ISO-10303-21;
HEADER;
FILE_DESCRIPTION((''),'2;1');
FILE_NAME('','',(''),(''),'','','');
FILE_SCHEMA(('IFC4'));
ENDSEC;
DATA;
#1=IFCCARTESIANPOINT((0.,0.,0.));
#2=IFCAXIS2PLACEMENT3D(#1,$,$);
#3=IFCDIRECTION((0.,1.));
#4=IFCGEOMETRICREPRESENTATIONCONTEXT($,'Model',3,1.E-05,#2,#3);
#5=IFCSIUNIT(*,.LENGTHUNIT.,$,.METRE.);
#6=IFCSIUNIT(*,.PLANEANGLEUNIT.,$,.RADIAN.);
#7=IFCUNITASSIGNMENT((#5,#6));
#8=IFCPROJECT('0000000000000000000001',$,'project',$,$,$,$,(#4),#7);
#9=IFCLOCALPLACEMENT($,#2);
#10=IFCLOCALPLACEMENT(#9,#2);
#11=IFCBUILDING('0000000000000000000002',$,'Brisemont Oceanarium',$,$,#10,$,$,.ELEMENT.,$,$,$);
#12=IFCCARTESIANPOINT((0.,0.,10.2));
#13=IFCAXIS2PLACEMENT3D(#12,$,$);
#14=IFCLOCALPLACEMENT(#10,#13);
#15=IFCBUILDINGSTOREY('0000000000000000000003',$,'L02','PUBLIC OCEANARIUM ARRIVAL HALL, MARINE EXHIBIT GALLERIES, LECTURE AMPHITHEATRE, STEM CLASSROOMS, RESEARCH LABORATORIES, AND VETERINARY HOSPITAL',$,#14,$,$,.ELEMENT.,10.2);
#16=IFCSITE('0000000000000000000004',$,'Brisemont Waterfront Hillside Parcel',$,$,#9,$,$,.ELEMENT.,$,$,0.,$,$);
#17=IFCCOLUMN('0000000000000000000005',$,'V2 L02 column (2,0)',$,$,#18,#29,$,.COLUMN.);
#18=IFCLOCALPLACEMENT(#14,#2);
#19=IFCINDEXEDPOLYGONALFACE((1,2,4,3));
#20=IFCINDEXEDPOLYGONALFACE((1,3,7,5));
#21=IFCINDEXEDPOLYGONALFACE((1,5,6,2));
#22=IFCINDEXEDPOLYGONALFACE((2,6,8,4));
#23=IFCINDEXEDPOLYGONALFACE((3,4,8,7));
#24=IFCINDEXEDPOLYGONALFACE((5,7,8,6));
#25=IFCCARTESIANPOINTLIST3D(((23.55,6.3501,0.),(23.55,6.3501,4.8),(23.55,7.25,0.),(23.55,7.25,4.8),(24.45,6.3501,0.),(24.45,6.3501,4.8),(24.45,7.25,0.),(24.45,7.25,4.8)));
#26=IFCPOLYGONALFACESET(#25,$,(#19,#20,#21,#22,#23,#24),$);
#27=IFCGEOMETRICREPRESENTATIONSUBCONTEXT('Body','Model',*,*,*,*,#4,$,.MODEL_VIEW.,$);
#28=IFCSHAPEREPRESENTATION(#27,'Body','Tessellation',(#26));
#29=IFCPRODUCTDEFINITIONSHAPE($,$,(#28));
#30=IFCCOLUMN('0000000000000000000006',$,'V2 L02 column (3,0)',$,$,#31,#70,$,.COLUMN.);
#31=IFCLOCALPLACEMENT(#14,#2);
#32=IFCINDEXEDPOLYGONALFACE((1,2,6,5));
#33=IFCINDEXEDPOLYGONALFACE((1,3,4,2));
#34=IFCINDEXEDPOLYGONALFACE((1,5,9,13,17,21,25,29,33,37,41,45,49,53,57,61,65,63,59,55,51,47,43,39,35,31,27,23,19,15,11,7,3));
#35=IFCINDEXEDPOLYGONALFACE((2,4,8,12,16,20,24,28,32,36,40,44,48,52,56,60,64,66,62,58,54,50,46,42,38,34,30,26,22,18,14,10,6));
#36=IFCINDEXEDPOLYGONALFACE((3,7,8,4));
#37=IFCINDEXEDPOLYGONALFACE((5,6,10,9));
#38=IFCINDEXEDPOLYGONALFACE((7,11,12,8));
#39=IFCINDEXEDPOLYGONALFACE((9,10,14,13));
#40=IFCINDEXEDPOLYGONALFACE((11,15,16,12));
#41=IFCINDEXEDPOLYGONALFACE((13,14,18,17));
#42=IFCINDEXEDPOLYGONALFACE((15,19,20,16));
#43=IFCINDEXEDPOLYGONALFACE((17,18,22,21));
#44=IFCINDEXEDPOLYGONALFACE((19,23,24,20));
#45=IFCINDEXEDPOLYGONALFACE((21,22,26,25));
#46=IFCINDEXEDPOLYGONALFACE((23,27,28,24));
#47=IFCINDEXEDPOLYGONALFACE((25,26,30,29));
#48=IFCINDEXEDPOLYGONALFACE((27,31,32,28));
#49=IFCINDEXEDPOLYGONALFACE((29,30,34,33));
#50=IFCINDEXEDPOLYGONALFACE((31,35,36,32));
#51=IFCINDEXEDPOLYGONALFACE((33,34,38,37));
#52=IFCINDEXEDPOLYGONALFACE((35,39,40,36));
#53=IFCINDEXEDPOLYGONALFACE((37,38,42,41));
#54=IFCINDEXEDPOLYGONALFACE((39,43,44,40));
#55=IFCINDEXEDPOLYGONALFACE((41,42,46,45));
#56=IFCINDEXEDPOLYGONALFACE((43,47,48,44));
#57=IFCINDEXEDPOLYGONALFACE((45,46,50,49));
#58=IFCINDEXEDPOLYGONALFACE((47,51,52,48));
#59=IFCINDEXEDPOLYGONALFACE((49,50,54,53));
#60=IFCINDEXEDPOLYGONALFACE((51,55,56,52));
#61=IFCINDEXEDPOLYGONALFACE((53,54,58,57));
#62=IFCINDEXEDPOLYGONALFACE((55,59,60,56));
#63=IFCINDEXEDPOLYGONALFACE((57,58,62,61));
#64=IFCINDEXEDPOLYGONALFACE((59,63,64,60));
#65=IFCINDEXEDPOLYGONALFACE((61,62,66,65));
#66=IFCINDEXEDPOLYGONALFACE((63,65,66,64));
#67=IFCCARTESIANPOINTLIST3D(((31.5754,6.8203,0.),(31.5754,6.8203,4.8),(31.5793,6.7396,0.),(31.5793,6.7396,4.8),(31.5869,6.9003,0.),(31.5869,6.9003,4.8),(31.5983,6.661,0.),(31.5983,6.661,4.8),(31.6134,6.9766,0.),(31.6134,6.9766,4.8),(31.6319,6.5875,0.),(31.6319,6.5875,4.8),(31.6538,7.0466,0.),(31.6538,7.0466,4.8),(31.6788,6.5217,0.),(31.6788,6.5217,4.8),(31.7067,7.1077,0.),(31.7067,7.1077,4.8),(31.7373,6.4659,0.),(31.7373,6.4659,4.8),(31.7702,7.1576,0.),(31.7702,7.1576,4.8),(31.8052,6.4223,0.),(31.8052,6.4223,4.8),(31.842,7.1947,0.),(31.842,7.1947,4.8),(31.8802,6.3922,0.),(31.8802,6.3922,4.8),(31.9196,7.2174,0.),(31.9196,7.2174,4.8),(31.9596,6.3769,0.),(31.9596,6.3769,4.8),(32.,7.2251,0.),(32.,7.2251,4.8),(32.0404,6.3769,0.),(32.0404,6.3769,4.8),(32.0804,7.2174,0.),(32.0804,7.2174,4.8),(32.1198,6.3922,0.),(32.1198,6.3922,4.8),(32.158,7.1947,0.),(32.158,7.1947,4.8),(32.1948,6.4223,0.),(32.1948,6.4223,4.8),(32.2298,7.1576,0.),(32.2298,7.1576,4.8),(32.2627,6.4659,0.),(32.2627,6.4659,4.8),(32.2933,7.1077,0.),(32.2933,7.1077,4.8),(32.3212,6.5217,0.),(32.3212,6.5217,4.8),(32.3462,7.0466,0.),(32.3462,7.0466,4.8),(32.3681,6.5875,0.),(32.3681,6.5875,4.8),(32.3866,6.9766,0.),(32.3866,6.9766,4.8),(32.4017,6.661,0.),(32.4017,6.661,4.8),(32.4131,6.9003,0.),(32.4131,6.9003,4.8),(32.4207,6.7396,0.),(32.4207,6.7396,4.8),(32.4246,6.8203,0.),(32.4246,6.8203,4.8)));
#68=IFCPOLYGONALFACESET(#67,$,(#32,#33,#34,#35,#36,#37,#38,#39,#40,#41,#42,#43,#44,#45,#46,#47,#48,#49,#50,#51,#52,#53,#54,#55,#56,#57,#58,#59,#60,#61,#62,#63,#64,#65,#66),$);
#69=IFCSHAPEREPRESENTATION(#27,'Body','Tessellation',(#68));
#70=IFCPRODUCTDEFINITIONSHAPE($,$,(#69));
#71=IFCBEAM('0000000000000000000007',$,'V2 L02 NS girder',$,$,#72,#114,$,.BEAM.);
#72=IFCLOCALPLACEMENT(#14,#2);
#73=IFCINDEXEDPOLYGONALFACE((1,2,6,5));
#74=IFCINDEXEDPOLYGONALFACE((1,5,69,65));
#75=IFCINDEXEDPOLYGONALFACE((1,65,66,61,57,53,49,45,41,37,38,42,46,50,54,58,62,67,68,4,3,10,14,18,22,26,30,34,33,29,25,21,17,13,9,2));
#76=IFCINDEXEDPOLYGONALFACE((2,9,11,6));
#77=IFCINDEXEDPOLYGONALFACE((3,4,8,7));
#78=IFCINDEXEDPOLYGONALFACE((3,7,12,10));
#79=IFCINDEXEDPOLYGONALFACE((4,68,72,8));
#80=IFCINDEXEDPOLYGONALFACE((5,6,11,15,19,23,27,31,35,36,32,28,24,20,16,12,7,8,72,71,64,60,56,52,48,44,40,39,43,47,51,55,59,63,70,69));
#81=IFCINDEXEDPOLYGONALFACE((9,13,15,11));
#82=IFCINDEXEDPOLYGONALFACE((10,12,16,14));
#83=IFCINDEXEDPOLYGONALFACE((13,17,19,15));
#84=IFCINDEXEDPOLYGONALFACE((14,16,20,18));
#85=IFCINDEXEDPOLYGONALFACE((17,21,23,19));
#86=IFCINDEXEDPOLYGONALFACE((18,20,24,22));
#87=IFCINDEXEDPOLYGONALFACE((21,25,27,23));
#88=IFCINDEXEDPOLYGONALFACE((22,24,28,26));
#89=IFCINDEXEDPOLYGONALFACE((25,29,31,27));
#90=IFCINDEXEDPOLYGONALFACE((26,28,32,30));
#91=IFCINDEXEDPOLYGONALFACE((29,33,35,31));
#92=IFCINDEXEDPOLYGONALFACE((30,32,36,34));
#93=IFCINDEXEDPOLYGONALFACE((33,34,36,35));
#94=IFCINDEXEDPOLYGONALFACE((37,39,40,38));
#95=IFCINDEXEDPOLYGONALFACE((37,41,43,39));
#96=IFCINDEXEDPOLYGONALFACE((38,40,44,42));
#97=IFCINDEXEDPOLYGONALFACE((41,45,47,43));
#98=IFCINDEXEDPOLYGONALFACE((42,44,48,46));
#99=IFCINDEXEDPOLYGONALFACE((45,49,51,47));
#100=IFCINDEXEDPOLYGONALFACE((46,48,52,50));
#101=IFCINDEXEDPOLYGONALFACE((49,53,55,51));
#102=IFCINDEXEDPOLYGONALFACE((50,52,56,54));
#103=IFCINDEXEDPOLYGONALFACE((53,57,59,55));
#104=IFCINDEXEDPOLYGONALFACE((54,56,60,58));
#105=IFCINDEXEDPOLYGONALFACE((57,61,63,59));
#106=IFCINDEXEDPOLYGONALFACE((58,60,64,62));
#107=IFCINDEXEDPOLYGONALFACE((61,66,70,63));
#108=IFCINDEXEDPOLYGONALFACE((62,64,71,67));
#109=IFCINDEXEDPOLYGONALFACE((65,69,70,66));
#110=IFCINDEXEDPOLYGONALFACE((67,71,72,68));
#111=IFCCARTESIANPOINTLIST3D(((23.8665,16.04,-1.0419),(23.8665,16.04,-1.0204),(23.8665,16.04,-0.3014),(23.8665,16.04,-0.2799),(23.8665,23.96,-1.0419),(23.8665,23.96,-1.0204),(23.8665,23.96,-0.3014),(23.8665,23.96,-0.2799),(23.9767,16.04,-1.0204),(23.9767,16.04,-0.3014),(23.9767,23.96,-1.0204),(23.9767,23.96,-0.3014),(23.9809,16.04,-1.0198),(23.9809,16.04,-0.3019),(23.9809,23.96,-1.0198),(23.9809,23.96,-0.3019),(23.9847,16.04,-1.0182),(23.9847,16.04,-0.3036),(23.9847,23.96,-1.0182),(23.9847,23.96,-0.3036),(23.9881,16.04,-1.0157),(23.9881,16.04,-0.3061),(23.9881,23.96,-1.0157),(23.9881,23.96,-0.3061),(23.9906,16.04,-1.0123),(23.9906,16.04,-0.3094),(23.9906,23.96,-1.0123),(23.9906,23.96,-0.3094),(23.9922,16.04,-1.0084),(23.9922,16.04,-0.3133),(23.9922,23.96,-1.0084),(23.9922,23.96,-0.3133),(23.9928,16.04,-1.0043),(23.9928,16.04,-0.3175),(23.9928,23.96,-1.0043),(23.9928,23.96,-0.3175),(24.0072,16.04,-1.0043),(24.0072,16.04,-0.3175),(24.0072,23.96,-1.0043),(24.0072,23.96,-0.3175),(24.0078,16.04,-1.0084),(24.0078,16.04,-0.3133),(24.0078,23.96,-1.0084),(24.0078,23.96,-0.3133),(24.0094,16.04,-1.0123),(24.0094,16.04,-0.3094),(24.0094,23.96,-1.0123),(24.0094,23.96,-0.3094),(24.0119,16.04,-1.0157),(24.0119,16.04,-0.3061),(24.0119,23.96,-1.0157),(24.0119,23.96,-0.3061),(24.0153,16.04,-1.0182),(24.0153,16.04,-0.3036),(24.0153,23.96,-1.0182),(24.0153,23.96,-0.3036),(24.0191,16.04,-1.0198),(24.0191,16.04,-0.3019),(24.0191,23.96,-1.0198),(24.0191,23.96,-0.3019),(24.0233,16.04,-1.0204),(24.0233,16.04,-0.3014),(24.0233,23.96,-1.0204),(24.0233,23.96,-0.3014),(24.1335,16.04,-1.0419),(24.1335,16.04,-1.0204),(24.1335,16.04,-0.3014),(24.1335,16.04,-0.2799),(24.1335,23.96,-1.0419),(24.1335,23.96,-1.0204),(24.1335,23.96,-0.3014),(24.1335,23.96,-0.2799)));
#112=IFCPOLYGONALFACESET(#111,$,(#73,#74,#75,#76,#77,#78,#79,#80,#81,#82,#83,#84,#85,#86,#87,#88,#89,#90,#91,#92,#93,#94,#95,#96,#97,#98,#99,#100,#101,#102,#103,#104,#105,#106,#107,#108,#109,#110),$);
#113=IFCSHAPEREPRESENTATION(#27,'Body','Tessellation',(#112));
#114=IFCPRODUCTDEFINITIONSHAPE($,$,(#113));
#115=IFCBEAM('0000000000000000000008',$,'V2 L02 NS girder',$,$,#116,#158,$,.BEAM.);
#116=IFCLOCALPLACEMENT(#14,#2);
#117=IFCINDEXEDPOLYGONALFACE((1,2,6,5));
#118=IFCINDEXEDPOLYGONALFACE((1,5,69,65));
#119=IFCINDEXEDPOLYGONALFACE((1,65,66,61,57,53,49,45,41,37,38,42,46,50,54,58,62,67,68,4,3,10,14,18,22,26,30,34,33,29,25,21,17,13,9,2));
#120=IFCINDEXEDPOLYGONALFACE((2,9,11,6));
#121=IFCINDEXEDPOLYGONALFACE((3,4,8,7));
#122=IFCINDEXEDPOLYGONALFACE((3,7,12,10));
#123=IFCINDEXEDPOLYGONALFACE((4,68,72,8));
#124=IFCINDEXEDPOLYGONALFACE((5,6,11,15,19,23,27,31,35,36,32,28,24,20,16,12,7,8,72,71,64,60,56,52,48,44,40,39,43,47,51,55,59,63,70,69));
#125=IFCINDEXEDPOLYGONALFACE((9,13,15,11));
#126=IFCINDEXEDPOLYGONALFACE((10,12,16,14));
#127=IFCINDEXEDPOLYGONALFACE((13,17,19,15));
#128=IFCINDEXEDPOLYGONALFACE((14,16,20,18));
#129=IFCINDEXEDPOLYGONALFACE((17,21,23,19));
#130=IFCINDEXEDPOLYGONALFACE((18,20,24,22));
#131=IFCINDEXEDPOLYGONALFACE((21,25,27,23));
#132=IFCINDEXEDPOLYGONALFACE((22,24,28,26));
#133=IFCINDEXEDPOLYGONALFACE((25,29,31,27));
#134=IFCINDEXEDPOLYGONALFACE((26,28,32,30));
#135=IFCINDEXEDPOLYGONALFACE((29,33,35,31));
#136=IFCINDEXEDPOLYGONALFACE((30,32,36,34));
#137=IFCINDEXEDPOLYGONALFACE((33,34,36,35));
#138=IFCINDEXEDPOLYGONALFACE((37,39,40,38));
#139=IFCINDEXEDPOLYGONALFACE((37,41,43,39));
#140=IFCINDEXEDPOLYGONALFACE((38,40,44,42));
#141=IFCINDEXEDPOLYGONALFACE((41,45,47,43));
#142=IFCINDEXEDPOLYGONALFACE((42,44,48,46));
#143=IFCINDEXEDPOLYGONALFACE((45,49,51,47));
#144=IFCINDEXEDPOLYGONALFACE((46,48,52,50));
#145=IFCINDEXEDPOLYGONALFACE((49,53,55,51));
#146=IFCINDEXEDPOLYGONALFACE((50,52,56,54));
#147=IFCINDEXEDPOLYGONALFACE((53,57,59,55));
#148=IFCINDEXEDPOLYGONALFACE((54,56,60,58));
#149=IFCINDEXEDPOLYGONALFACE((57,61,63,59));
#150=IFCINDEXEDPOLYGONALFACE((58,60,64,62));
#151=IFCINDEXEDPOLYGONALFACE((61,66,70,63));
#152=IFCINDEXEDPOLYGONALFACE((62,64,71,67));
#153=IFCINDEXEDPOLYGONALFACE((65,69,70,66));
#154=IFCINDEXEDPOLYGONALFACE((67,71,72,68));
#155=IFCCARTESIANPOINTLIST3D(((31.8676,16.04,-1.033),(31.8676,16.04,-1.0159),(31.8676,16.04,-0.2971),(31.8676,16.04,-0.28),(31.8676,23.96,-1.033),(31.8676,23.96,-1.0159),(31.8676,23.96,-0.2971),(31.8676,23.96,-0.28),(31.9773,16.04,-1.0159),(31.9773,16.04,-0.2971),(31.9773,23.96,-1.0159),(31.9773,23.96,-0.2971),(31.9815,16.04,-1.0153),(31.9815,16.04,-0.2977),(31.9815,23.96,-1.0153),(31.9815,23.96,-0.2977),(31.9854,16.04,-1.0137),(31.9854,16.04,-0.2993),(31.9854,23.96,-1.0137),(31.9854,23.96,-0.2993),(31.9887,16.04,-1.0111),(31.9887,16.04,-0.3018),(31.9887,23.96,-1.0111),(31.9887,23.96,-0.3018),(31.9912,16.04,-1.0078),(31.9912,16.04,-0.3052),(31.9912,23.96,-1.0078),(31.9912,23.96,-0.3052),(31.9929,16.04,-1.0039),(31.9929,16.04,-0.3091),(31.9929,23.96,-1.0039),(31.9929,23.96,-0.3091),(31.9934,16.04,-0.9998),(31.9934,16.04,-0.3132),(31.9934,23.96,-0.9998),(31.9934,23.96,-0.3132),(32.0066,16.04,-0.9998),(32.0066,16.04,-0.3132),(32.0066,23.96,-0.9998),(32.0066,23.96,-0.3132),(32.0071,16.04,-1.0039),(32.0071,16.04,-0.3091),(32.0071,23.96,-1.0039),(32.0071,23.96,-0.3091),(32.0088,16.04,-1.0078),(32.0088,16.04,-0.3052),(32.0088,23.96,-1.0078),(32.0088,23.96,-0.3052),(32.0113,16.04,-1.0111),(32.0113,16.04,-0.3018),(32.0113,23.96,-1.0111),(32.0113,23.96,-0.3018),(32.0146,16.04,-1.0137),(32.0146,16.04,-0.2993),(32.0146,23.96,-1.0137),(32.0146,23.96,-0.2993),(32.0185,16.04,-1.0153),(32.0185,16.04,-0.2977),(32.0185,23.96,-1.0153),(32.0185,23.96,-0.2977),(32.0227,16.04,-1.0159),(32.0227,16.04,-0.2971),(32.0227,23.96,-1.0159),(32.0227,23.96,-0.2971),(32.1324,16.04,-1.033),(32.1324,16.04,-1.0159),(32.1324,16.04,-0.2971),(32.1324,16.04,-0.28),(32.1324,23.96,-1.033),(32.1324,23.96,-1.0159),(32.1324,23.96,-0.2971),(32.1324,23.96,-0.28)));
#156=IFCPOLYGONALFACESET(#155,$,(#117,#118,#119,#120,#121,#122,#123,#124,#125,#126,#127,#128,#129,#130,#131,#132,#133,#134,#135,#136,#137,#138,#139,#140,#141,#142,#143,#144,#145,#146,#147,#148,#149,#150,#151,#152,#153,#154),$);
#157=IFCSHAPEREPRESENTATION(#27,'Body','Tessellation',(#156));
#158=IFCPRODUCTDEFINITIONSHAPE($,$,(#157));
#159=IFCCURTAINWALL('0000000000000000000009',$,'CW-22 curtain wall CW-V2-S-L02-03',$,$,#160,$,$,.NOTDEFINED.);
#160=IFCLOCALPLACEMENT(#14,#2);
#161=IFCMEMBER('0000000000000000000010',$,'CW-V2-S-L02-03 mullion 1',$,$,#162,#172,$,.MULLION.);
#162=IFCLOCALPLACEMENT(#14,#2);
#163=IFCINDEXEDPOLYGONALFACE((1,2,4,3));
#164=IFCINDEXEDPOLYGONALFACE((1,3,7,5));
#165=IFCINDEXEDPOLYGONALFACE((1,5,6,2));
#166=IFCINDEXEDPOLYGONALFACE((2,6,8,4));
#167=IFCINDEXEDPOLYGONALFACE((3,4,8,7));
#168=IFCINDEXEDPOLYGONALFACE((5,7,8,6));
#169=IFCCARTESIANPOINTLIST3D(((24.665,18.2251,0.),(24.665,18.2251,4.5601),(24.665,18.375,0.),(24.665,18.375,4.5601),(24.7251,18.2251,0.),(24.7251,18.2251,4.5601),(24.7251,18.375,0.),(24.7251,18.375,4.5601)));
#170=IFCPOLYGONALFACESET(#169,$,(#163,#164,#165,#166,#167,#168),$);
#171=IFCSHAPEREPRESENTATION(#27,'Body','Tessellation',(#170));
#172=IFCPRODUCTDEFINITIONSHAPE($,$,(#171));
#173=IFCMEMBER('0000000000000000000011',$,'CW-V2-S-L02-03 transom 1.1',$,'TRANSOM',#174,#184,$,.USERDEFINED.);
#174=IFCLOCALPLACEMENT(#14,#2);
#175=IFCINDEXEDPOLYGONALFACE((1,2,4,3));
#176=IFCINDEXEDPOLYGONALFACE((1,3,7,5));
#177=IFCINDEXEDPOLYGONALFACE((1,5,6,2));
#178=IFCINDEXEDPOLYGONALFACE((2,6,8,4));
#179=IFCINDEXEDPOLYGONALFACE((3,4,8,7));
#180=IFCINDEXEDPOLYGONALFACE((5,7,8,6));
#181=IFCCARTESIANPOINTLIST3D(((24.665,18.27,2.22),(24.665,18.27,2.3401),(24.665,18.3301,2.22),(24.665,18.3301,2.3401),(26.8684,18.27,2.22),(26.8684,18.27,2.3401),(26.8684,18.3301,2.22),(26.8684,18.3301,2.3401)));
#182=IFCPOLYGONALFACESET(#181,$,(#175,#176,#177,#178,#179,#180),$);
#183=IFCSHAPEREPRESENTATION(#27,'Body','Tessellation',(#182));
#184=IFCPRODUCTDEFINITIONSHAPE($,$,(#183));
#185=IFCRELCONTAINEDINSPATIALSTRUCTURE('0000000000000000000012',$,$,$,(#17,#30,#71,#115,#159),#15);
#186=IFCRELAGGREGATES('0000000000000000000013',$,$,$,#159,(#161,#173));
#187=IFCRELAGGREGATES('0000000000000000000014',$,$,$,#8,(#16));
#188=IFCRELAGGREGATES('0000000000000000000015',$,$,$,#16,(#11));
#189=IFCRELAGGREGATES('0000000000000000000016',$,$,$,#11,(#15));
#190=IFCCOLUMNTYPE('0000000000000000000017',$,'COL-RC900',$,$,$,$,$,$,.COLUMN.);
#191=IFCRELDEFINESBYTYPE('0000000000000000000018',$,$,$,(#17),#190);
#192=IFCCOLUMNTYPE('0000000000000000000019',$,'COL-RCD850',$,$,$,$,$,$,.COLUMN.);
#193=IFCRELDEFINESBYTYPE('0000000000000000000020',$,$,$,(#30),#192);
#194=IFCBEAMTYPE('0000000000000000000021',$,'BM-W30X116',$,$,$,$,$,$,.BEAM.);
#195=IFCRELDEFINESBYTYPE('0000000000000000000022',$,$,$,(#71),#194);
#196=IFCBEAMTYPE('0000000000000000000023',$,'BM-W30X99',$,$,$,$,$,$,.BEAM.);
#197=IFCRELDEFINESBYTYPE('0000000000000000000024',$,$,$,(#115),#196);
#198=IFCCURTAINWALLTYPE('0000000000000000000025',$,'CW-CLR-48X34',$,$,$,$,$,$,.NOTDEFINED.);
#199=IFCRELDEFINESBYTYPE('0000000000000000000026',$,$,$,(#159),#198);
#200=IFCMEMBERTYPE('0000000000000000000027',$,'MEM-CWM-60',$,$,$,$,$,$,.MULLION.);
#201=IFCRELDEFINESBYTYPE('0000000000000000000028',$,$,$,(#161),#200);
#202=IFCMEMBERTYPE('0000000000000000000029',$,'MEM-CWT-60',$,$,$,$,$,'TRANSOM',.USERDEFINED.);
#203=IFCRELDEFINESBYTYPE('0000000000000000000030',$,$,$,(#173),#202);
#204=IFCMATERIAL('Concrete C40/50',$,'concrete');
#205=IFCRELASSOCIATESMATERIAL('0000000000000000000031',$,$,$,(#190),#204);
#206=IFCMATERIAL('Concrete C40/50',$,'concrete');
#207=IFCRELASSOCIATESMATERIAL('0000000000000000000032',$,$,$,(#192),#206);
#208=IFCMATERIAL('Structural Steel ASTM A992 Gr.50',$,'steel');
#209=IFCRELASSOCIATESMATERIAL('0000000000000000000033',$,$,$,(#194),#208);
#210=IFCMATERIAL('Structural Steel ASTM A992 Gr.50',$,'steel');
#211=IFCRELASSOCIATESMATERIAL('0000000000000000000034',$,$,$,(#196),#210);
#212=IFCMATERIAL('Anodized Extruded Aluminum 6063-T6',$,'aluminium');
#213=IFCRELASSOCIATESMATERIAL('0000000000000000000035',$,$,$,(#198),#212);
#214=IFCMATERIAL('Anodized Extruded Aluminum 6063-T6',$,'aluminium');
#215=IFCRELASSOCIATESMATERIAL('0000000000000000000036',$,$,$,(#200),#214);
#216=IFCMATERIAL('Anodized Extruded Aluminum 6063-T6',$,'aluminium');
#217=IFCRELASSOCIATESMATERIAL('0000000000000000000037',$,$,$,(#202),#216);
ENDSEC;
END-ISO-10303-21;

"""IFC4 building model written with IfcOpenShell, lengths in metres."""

from ifc_helpers import new_model, si_unit, direction, frame, origin, origin_2d, place, context, subcontext, project, spatial, rectangle, circle, i_section, extrude, material, material_profile, profile_set, type_object, element, aggregate, save


model = new_model("IFC4")

# Units and contexts
model_context = context("Model", 3, precision=1e-05, world=origin(), true_north=direction((0.0, 1.0)))
body_context = subcontext(model_context, "Body", "Model", "MODEL_VIEW")
ifc_project = project(units=[si_unit("LENGTHUNIT", "METRE"), si_unit("PLANEANGLEUNIT", "RADIAN")], contexts=[model_context])

# Site, building, storey
site_placement = place(None, origin())
site = spatial("IfcSite", under=ifc_project, at=site_placement, Name="Brisemont Waterfront Hillside Parcel", CompositionType="ELEMENT", RefElevation=0.0)
building_placement = place(site_placement, origin())
building = spatial("IfcBuilding", under=site, at=building_placement, Name="Brisemont Oceanarium", CompositionType="ELEMENT")
storey_placement = place(building_placement, frame((0.0, 0.0, 10.2)))
storey = spatial("IfcBuildingStorey", under=building, at=storey_placement, Name="L02", Description="PUBLIC OCEANARIUM ARRIVAL HALL, MARINE EXHIBIT GALLERIES, LECTURE AMPHITHEATRE, STEM CLASSROOMS, RESEARCH LABORATORIES, AND VETERINARY HOSPITAL", CompositionType="ELEMENT", Elevation=10.2)

# Columns
ifc_material_1 = material(Name="Concrete C40/50", Category="concrete")
ifc_material_profile_1 = material_profile(ifc_material_1, rectangle(XDim=0.8999, YDim=0.8999, at=origin_2d()), Name="RC-COL-900X900")
ifc_profile_set_1 = profile_set([ifc_material_profile_1], Name="Concrete C40/50")
column_type_1 = type_object("IfcColumnType", Name="COL-RC900", PredefinedType="COLUMN", material=ifc_profile_set_1)
column_1_placement = place(storey_placement, frame((24.0, 6.8, 0.0), z_axis=(0.0, 0.0, 1.0), x_axis=(1.0, 0.0, 0.0)))
element("IfcColumn", 1, at=column_1_placement, inside=storey, type_object=column_type_1, Name="V2 L02 column (2,0)", PredefinedType="COLUMN", context=body_context, shape_type="SweptSolid", body=[
    extrude(rectangle(XDim=0.8999, YDim=0.8999, at=origin_2d()), origin(), (0.0, 0.0, 1.0), 4.8),
])
ifc_material_2 = material(Name="Concrete C40/50", Category="concrete")
ifc_material_profile_2 = material_profile(ifc_material_2, circle(Radius=0.425, at=origin_2d()), Name="RC-COL-D850")
ifc_profile_set_2 = profile_set([ifc_material_profile_2], Name="Concrete C40/50")
column_type_2 = type_object("IfcColumnType", Name="COL-RCD850", PredefinedType="COLUMN", material=ifc_profile_set_2)
column_2_placement = place(storey_placement, frame((32.0, 6.8, 0.0), z_axis=(0.0, 0.0, 1.0), x_axis=(0.0, 1.0, 0.0)))
element("IfcColumn", 2, at=column_2_placement, inside=storey, type_object=column_type_2, Name="V2 L02 column (3,0)", PredefinedType="COLUMN", context=body_context, shape_type="SweptSolid", body=[
    extrude(circle(Radius=0.425, at=origin_2d()), origin(), (0.0, 0.0, 1.0), 4.8),
])

# Beams
ifc_material_3 = material(Name="Structural Steel ASTM A992 Gr.50", Category="steel")
ifc_material_profile_3 = material_profile(ifc_material_3, i_section(OverallWidth=0.2671, OverallDepth=0.762, WebThickness=0.0144, FlangeThickness=0.0215, FilletRadius=0.0161, at=origin_2d()), Name="W30X116")
ifc_profile_set_3 = profile_set([ifc_material_profile_3], Name="Structural Steel ASTM A992 Gr.50")
beam_type_1 = type_object("IfcBeamType", Name="BM-W30X116", PredefinedType="BEAM", material=ifc_profile_set_3)
beam_1_placement = place(storey_placement, frame((24.0, 16.04, -0.6609), z_axis=(0.0, 1.0, 0.0), x_axis=(-1.0, 0.0, 0.0)))
element("IfcBeam", 3, at=beam_1_placement, inside=storey, type_object=beam_type_1, Name="V2 L02 NS girder", PredefinedType="BEAM", context=body_context, shape_type="SweptSolid", body=[
    extrude(i_section(OverallWidth=0.2671, OverallDepth=0.762, WebThickness=0.0144, FlangeThickness=0.0215, FilletRadius=0.0161, at=origin_2d()), origin(), (0.0, 0.0, 1.0), 7.9199),
])
ifc_material_4 = material(Name="Structural Steel ASTM A992 Gr.50", Category="steel")
ifc_material_profile_4 = material_profile(ifc_material_4, i_section(OverallWidth=0.2649, OverallDepth=0.7529, WebThickness=0.0132, FlangeThickness=0.0171, FilletRadius=0.0161, at=origin_2d()), Name="W30X99")
ifc_profile_set_4 = profile_set([ifc_material_profile_4], Name="Structural Steel ASTM A992 Gr.50")
beam_type_2 = type_object("IfcBeamType", Name="BM-W30X99", PredefinedType="BEAM", material=ifc_profile_set_4)
beam_2_placement = place(storey_placement, frame((32.0, 16.04, -0.6565), z_axis=(0.0, 1.0, 0.0), x_axis=(-1.0, 0.0, 0.0)))
element("IfcBeam", 4, at=beam_2_placement, inside=storey, type_object=beam_type_2, Name="V2 L02 NS girder", PredefinedType="BEAM", context=body_context, shape_type="SweptSolid", body=[
    extrude(i_section(OverallWidth=0.2649, OverallDepth=0.7529, WebThickness=0.0132, FlangeThickness=0.0171, FilletRadius=0.0161, at=origin_2d()), origin(), (0.0, 0.0, 1.0), 7.9199),
])

# Curtain wall, members
ifc_material_5 = material(Name="Anodized Extruded Aluminum 6063-T6", Category="aluminium")
curtain_wall_type = type_object("IfcCurtainWallType", Name="CW-CLR-48X34", PredefinedType="NOTDEFINED", material=ifc_material_5)
curtain_wall_placement = place(storey_placement, origin())
curtain_wall = element("IfcCurtainWall", 5, at=curtain_wall_placement, inside=storey, type_object=curtain_wall_type, Name="CW-22 curtain wall CW-V2-S-L02-03", PredefinedType="NOTDEFINED")
ifc_material_6 = material(Name="Anodized Extruded Aluminum 6063-T6", Category="aluminium")
ifc_material_profile_5 = material_profile(ifc_material_6, rectangle(XDim=0.0601, YDim=0.1499, at=origin_2d()), Name="CWM-60X150")
ifc_profile_set_5 = profile_set([ifc_material_profile_5], Name="Anodized Extruded Aluminum 6063-T6")
member_type_1 = type_object("IfcMemberType", Name="MEM-CWM-60", PredefinedType="MULLION", material=ifc_profile_set_5)
member_1_placement = place(storey_placement, frame((24.6951, 18.3, 0.0), z_axis=(0.0, 0.0, 1.0), x_axis=(1.0, 0.0, 0.0)))
member_1 = element("IfcMember", 6, at=member_1_placement, type_object=member_type_1, Name="CW-V2-S-L02-03 mullion 1", PredefinedType="MULLION", context=body_context, shape_type="SweptSolid", body=[
    extrude(rectangle(XDim=0.0601, YDim=0.1499, at=origin_2d()), origin(), (0.0, 0.0, 1.0), 4.5601),
])
ifc_material_7 = material(Name="Anodized Extruded Aluminum 6063-T6", Category="aluminium")
ifc_material_profile_6 = material_profile(ifc_material_7, rectangle(XDim=0.0601, YDim=0.1201, at=origin_2d()), Name="CWT-60X120")
ifc_profile_set_6 = profile_set([ifc_material_profile_6], Name="Anodized Extruded Aluminum 6063-T6")
member_type_2 = type_object("IfcMemberType", Name="MEM-CWT-60", ElementType="TRANSOM", PredefinedType="USERDEFINED", material=ifc_profile_set_6)
member_2_placement = place(storey_placement, frame((24.665, 18.3, 2.28), z_axis=(1.0, 0.0, 0.0), x_axis=(0.0, 1.0, 0.0)))
member_2 = element("IfcMember", 7, at=member_2_placement, type_object=member_type_2, Name="CW-V2-S-L02-03 transom 1.1", ObjectType="TRANSOM", PredefinedType="USERDEFINED", context=body_context, shape_type="SweptSolid", body=[
    extrude(rectangle(XDim=0.0601, YDim=0.1201, at=origin_2d()), origin(), (0.0, 0.0, 1.0), 2.2034),
])
aggregate(curtain_wall, [member_1, member_2])

save(model, "model.ifc")
